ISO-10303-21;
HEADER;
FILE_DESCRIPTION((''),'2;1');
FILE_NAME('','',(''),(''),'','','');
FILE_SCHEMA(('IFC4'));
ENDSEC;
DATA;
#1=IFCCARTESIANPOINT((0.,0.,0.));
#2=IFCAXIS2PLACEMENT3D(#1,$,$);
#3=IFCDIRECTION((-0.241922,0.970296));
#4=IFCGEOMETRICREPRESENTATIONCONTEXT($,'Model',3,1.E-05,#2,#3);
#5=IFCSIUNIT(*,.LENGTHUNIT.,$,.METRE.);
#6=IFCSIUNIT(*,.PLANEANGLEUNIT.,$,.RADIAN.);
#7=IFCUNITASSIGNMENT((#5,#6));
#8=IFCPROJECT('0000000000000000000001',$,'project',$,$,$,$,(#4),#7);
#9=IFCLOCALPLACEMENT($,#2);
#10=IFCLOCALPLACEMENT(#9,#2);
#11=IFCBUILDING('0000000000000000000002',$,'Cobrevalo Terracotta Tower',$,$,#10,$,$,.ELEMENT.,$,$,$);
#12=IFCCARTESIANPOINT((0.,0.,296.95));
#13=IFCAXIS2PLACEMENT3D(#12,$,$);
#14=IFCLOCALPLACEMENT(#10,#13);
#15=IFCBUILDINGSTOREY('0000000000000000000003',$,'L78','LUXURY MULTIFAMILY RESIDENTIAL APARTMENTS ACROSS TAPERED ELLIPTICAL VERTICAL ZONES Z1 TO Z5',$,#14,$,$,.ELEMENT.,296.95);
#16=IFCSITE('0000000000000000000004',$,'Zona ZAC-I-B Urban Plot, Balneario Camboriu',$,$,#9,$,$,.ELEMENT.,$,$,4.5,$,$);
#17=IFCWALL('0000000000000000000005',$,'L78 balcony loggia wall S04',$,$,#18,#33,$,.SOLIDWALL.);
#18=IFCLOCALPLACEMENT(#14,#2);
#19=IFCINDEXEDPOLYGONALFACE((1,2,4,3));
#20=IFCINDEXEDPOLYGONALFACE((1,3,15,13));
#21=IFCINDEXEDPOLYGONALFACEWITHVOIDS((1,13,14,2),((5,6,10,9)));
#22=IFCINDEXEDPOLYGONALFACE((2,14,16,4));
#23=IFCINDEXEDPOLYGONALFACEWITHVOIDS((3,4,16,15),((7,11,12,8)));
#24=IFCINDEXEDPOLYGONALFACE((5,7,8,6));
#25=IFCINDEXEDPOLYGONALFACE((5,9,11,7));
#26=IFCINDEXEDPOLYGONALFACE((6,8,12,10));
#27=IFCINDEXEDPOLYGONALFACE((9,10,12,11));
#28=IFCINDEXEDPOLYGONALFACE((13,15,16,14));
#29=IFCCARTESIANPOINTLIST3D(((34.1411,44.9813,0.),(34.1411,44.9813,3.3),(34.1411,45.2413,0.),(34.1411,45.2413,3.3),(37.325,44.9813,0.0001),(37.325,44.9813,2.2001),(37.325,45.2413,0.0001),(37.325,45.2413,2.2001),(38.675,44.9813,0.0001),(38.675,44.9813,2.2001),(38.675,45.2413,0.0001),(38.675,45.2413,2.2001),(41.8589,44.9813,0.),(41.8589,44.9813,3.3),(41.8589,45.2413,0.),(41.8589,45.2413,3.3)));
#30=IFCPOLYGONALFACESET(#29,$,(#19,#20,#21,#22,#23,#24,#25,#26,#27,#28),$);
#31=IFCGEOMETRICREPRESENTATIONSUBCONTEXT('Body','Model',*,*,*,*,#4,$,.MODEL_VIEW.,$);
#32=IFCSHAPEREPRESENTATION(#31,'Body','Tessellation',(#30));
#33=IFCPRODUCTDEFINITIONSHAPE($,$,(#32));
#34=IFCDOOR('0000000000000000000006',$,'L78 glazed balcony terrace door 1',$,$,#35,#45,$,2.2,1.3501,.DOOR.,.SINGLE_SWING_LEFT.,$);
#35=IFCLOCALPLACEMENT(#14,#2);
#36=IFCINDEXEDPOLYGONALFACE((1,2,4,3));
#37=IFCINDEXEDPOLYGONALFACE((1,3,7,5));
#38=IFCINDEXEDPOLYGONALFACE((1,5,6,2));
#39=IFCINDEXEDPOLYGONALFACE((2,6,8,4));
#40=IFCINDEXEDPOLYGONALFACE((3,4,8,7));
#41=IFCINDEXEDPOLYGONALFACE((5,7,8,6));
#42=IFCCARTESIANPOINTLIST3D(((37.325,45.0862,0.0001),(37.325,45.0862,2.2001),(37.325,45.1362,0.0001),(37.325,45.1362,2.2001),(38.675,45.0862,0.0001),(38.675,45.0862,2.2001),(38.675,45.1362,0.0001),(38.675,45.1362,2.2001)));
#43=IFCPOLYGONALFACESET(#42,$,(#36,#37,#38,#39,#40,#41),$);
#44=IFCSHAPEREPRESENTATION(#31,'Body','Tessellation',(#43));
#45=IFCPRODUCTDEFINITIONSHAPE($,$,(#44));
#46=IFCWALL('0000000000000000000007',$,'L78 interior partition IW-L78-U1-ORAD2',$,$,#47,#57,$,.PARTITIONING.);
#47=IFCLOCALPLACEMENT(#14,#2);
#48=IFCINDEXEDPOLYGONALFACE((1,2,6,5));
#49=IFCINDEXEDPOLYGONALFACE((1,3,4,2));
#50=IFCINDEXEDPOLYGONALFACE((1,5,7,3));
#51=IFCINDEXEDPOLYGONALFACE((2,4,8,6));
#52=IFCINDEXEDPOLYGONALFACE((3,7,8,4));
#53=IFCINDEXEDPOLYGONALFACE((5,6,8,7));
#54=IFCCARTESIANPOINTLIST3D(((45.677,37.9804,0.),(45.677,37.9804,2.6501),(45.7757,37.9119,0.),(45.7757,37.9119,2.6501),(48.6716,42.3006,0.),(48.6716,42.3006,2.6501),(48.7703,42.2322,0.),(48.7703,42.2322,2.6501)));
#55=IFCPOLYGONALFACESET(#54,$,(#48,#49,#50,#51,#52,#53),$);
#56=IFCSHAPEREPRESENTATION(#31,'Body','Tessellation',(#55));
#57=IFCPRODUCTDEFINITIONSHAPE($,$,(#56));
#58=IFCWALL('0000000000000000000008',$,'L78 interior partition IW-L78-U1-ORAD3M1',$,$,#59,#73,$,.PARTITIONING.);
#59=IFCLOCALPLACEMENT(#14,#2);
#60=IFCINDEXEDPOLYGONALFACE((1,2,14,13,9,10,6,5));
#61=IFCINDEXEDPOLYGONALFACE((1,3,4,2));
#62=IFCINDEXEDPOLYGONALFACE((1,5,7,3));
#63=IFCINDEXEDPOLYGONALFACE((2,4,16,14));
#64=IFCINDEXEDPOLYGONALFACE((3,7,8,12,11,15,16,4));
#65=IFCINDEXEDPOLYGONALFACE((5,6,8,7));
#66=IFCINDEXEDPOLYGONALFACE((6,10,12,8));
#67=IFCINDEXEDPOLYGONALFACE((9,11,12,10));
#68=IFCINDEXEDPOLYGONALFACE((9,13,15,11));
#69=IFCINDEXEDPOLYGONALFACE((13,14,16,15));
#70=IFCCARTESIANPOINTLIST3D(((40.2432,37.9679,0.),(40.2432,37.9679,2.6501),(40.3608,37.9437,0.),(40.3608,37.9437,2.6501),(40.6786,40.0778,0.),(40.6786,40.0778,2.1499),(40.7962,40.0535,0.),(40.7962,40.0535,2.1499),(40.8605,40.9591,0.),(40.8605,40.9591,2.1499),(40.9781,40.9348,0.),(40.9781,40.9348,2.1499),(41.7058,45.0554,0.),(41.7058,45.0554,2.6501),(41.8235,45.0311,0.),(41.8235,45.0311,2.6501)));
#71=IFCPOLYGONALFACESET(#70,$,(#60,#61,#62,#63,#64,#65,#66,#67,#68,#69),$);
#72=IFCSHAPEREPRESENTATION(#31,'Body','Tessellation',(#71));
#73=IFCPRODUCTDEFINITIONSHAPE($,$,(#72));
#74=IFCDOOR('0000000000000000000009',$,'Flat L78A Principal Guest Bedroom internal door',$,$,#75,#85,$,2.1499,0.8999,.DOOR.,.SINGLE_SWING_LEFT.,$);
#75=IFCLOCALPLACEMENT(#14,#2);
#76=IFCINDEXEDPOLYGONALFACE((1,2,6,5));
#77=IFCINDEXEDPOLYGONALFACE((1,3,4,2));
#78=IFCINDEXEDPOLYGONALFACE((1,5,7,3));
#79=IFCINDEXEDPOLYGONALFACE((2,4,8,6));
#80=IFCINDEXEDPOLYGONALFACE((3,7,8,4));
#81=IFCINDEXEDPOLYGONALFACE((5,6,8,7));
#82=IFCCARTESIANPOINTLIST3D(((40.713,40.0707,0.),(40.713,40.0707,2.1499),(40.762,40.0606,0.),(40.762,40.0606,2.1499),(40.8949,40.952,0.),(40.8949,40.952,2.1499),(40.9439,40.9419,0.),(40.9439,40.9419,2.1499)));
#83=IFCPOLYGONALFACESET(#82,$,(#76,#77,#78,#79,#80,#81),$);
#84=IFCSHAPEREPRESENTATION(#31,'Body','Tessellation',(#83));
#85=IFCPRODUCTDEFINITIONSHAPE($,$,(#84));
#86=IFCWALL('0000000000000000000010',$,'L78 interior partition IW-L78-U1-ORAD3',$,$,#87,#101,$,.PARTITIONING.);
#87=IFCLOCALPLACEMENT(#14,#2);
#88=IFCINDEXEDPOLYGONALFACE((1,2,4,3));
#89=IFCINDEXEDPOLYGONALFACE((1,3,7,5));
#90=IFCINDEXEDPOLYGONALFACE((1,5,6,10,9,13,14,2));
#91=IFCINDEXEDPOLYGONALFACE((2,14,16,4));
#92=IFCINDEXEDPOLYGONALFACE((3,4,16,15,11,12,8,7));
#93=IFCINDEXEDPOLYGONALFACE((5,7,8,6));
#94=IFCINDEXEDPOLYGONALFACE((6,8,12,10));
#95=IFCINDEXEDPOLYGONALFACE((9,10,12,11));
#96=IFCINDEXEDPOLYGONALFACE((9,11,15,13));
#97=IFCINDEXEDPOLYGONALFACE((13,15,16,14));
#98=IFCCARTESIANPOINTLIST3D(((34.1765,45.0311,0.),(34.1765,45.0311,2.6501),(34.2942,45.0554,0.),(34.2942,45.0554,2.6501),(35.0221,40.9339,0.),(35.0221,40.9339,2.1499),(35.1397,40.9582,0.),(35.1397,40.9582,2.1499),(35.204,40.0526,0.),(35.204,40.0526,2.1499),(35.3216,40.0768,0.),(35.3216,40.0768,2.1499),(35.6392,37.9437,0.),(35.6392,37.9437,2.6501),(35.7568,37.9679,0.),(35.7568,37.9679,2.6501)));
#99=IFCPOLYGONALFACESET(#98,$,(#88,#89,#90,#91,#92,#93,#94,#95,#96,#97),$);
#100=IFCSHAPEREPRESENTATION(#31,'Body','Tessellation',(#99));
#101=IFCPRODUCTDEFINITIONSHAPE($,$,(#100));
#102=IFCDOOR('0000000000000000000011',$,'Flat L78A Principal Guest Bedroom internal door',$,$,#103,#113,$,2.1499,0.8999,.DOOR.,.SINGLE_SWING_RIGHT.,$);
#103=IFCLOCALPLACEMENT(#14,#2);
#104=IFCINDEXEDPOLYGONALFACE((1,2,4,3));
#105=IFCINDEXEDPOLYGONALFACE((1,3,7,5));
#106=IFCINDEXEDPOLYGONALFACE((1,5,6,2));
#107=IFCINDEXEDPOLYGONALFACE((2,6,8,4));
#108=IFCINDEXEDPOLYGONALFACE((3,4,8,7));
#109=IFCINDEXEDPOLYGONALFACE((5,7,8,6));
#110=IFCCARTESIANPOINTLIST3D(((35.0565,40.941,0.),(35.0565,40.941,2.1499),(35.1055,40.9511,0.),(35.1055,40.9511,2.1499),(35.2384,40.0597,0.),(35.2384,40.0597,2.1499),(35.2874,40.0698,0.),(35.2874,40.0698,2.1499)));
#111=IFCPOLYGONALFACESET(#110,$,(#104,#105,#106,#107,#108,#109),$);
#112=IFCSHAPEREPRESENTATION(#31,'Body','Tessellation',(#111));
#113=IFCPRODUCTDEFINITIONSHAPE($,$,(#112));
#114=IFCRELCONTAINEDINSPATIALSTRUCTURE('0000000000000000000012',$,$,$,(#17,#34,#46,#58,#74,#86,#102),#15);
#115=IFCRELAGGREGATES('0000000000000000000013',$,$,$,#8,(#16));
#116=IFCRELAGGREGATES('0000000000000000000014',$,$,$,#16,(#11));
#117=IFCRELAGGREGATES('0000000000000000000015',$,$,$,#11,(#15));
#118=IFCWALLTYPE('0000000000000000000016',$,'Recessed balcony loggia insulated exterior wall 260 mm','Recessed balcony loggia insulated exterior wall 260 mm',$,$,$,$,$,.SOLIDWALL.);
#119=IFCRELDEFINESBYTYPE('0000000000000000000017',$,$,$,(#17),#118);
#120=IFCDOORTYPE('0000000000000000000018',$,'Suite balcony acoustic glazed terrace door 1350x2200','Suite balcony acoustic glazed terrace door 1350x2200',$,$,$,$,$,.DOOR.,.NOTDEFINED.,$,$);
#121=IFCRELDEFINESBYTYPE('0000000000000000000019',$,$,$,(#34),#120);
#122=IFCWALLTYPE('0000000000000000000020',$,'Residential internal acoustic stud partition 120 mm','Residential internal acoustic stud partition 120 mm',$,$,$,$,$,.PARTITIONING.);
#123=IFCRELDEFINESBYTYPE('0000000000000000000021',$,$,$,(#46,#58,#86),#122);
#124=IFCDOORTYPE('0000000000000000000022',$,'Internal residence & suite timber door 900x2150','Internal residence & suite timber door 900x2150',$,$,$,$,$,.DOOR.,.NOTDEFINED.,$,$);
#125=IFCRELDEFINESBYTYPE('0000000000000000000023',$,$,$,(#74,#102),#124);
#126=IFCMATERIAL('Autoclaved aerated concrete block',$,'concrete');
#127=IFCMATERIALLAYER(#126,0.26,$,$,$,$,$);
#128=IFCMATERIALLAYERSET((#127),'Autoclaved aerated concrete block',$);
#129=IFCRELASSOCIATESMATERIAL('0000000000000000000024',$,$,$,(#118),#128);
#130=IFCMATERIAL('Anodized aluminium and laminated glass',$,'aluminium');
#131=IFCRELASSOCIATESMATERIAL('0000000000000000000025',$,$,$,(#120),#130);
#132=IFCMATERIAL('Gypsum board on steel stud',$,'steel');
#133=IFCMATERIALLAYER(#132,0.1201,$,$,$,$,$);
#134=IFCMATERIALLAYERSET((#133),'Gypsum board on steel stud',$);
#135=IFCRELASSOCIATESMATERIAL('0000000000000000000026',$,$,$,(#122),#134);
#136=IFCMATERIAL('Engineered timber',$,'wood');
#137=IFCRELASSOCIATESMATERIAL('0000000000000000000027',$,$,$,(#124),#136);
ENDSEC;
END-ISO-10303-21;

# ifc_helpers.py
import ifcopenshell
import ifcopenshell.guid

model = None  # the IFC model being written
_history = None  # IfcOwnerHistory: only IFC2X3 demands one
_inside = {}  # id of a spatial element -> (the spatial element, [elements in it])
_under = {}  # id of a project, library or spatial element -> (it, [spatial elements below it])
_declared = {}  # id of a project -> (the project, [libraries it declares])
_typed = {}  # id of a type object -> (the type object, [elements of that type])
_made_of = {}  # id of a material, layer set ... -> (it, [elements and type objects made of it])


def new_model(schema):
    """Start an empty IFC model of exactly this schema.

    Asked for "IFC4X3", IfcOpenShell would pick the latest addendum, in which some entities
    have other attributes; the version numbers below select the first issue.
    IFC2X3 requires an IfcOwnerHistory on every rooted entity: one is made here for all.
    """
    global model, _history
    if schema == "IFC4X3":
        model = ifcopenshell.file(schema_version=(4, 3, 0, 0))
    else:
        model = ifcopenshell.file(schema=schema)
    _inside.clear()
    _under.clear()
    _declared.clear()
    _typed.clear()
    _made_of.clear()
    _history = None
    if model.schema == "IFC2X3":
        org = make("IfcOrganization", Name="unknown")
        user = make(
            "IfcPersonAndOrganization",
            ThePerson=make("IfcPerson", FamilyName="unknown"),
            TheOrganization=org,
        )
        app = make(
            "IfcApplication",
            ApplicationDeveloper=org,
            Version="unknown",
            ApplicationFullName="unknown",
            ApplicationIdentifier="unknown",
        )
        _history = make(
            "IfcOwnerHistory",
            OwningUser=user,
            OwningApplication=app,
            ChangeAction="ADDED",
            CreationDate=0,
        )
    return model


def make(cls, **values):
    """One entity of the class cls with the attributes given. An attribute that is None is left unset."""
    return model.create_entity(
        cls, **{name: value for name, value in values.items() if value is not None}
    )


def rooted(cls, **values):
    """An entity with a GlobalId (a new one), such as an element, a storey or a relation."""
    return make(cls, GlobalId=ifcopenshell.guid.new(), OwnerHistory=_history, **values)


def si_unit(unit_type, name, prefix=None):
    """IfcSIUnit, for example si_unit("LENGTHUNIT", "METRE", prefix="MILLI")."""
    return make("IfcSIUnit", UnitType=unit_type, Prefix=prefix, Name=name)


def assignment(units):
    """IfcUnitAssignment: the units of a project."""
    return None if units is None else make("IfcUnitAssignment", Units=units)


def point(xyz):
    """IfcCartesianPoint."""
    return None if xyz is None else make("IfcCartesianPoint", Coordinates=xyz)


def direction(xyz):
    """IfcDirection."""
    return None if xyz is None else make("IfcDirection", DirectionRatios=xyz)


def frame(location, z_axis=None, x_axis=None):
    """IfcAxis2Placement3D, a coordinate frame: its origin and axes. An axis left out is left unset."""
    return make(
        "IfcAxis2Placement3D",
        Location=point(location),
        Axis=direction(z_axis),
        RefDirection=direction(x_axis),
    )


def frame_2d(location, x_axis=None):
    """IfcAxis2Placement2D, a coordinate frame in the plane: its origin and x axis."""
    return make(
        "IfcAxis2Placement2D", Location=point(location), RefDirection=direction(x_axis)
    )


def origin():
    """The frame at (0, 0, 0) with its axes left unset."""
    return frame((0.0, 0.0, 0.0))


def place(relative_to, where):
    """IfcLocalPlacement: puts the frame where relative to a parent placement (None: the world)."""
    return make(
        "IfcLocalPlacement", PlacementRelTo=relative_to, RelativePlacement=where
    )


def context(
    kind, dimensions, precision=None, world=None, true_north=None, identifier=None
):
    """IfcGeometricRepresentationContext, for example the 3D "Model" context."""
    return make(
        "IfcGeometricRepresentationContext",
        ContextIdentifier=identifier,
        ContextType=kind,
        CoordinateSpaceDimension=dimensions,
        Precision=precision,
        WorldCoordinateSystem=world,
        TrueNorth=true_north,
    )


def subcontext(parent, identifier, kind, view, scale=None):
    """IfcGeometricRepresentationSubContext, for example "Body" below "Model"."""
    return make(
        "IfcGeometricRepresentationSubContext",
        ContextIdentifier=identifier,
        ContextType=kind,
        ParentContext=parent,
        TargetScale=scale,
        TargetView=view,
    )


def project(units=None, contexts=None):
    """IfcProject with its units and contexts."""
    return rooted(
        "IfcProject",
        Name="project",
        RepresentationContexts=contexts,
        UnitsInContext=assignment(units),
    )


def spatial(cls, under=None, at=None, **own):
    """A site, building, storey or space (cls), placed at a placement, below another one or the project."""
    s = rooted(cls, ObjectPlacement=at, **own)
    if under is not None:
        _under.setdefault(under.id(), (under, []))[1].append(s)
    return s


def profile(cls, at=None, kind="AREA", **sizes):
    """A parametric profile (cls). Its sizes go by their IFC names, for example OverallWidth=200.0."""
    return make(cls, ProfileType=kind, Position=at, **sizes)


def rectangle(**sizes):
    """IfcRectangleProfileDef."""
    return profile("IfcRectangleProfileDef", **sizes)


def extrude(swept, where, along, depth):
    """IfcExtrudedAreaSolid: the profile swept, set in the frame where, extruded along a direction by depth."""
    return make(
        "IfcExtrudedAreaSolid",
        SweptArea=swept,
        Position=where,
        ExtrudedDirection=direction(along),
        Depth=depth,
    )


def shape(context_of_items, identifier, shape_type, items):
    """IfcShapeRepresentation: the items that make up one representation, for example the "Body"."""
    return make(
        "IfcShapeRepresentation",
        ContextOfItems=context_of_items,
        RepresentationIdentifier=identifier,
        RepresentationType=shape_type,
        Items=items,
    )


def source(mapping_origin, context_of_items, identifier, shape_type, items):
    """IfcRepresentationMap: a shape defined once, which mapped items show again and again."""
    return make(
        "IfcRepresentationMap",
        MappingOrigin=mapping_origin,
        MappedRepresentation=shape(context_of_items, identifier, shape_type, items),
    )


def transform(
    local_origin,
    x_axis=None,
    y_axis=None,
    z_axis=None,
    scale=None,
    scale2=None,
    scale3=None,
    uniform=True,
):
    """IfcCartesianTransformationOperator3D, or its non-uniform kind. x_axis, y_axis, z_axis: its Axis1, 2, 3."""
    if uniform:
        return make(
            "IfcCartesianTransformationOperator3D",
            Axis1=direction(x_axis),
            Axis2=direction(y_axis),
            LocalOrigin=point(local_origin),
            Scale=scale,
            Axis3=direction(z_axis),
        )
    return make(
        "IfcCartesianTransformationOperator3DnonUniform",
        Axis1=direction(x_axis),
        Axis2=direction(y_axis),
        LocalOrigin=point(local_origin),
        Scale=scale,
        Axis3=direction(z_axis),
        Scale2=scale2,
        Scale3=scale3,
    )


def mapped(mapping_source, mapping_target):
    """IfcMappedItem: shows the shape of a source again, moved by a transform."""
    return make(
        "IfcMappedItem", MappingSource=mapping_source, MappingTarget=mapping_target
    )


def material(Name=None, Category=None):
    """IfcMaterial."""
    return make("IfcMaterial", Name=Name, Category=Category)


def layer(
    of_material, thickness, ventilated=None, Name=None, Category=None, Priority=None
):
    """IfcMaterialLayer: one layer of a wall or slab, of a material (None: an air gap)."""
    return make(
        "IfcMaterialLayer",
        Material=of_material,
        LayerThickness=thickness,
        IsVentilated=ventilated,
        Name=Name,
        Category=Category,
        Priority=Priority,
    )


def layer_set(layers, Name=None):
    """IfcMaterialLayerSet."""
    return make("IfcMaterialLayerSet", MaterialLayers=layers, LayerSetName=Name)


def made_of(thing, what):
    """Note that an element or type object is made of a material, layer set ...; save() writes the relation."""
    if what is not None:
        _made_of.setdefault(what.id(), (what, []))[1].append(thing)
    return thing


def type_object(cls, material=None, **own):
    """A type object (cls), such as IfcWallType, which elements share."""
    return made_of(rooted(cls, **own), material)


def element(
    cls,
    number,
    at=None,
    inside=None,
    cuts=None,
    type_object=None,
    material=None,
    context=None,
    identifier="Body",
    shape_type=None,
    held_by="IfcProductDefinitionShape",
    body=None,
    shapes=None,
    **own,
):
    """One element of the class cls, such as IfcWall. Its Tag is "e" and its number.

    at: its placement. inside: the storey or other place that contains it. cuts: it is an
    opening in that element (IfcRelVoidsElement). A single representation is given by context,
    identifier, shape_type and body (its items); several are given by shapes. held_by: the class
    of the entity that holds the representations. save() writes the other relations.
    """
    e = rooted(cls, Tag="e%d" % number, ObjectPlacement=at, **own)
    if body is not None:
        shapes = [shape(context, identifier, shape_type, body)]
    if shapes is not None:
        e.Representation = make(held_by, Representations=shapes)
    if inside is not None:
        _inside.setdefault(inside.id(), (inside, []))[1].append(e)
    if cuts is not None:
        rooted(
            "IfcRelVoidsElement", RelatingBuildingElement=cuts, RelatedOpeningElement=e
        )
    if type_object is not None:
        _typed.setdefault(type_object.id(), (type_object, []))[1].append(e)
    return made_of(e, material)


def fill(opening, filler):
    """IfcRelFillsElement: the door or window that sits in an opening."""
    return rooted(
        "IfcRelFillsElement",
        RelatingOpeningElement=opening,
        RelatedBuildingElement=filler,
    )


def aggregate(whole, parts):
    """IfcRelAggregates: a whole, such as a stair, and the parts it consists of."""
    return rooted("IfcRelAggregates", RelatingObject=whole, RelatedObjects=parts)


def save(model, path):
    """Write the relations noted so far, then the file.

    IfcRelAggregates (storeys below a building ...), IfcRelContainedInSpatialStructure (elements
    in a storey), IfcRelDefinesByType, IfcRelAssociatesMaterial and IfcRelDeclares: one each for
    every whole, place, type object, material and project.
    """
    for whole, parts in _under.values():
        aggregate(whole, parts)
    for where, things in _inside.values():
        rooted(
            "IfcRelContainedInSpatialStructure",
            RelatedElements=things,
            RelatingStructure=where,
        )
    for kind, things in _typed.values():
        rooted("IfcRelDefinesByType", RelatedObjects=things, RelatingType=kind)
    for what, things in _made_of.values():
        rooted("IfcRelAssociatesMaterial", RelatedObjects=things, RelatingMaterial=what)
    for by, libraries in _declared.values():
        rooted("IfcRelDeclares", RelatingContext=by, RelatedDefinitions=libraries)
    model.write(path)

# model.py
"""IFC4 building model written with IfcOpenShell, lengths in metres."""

from ifc_helpers import new_model, si_unit, direction, frame, frame_2d, origin, place, context, subcontext, project, spatial, rectangle, extrude, source, transform, mapped, material, layer, layer_set, type_object, element, fill, save


model = new_model("IFC4")

# Units and contexts
model_context = context("Model", 3, precision=1e-05, world=origin(), true_north=direction((-0.241922, 0.970296)))
body_context = subcontext(model_context, "Body", "Model", "MODEL_VIEW")
ifc_project = project(units=[si_unit("LENGTHUNIT", "METRE"), si_unit("PLANEANGLEUNIT", "RADIAN")], contexts=[model_context])

# Site, building, storey
site_placement = place(None, origin())
site = spatial("IfcSite", under=ifc_project, at=site_placement, Name="Zona ZAC-I-B Urban Plot, Balneario Camboriu", CompositionType="ELEMENT", RefElevation=4.5)
building_placement = place(site_placement, origin())
building = spatial("IfcBuilding", under=site, at=building_placement, Name="Cobrevalo Terracotta Tower", CompositionType="ELEMENT")
storey_placement = place(building_placement, frame((0.0, 0.0, 296.95)))
storey = spatial("IfcBuildingStorey", under=building, at=storey_placement, Name="L78", Description="LUXURY MULTIFAMILY RESIDENTIAL APARTMENTS ACROSS TAPERED ELLIPTICAL VERTICAL ZONES Z1 TO Z5", CompositionType="ELEMENT", Elevation=296.95)

# Wall, opening, door
ifc_material_1 = material(Name="Autoclaved aerated concrete block", Category="concrete")
ifc_layer_1 = layer(ifc_material_1, 0.26)
ifc_layer_set_1 = layer_set([ifc_layer_1], Name="Autoclaved aerated concrete block")
wall_type_1 = type_object("IfcWallType", Name="Recessed balcony loggia insulated exterior wall 260 mm", Description="Recessed balcony loggia insulated exterior wall 260 mm", PredefinedType="SOLIDWALL", material=ifc_layer_set_1)
wall_1_placement = place(storey_placement, frame((41.8589, 45.1113, 0.0), z_axis=(0.0, 0.0, 1.0), x_axis=(-1.0, 0.0, 0.0)))
wall_1 = element("IfcWall", 1, at=wall_1_placement, inside=storey, type_object=wall_type_1, Name="L78 balcony loggia wall S04", PredefinedType="SOLIDWALL", context=body_context, shape_type="SweptSolid", body=[
    extrude(rectangle(XDim=7.7178, YDim=0.26, at=frame_2d((3.8589, 0.0))), origin(), (0.0, 0.0, 1.0), 3.3),
])
opening_1_placement = place(wall_1_placement, frame((3.1838, 0.0, 0.0)))
opening_1 = element("IfcOpeningElement", 2, at=opening_1_placement, cuts=wall_1, PredefinedType="OPENING", context=body_context, shape_type="SweptSolid", body=[
    extrude(rectangle(XDim=1.3501, YDim=2.2, at=frame_2d((0.675, 1.1001))), frame((0.0, 0.1401, 0.0), z_axis=(0.0, -1.0, 0.0), x_axis=(1.0, 0.0, 0.0)), (0.0, 0.0, 1.0), 0.28),
])
ifc_material_2 = material(Name="Anodized aluminium and laminated glass", Category="aluminium")
door_type_1 = type_object("IfcDoorType", Name="Suite balcony acoustic glazed terrace door 1350x2200", Description="Suite balcony acoustic glazed terrace door 1350x2200", OperationType="NOTDEFINED", PredefinedType="DOOR", material=ifc_material_2)
shared_shape_1 = source(origin(), body_context, "Body", "SweptSolid", [
    extrude(rectangle(XDim=1.3501, YDim=2.2, at=frame_2d((0.675, 1.1001))), frame((0.0, 0.0249, 0.0), z_axis=(0.0, -1.0, 0.0), x_axis=(1.0, 0.0, 0.0)), (0.0, 0.0, 1.0), 0.05),
])
door_1_placement = place(opening_1_placement, frame((1.3501, 0.0, 0.0), z_axis=(0.0, 0.0, 1.0), x_axis=(-1.0, 0.0, 0.0)))
door_1 = element("IfcDoor", 3, at=door_1_placement, inside=storey, type_object=door_type_1, Name="L78 glazed balcony terrace door 1", OperationType="SINGLE_SWING_LEFT", OverallHeight=2.2, OverallWidth=1.3501, PredefinedType="DOOR", context=body_context, shape_type="MappedRepresentation", body=[
    mapped(shared_shape_1, transform((0.0, 0.0, 0.0), scale=1.0)),
])
fill(opening_1, door_1)

# Wall
ifc_material_3 = material(Name="Gypsum board on steel stud", Category="steel")
ifc_layer_2 = layer(ifc_material_3, 0.1201)
ifc_layer_set_2 = layer_set([ifc_layer_2], Name="Gypsum board on steel stud")
wall_type_2 = type_object("IfcWallType", Name="Residential internal acoustic stud partition 120 mm", Description="Residential internal acoustic stud partition 120 mm", PredefinedType="PARTITIONING", material=ifc_layer_set_2)
wall_2_placement = place(storey_placement, frame((45.7263, 37.946, 0.0), z_axis=(0.0, 0.0, 1.0), x_axis=(0.569678, 0.821868, 0.0)))
element("IfcWall", 4, at=wall_2_placement, inside=storey, type_object=wall_type_2, Name="L78 interior partition IW-L78-U1-ORAD2", PredefinedType="PARTITIONING", context=body_context, shape_type="SweptSolid", body=[
    extrude(rectangle(XDim=5.2566, YDim=0.1201, at=frame_2d((2.6284, 0.0))), origin(), (0.0, 0.0, 1.0), 2.6501),
])

# Walls, openings, doors
wall_3_placement = place(storey_placement, frame((40.302, 37.9558, 0.0), z_axis=(0.0, 0.0, 1.0), x_axis=(0.202114, 0.979362, 0.0)))
wall_3 = element("IfcWall", 5, at=wall_3_placement, inside=storey, type_object=wall_type_2, Name="L78 interior partition IW-L78-U1-ORAD3M1", PredefinedType="PARTITIONING", context=body_context, shape_type="SweptSolid", body=[
    extrude(rectangle(XDim=7.2368, YDim=0.1201, at=frame_2d((3.6184, 0.0))), origin(), (0.0, 0.0, 1.0), 2.6501),
])
opening_2_placement = place(wall_3_placement, frame((2.1543, 0.0, 0.0)))
opening_2 = element("IfcOpeningElement", 6, at=opening_2_placement, cuts=wall_3, PredefinedType="OPENING", context=body_context, shape_type="SweptSolid", body=[
    extrude(rectangle(XDim=0.8999, YDim=2.1499, at=frame_2d((0.45, 1.075))), frame((0.0, 0.0701, 0.0), z_axis=(0.0, -1.0, 0.0), x_axis=(1.0, 0.0, 0.0)), (0.0, 0.0, 1.0), 0.1401),
])
ifc_material_4 = material(Name="Engineered timber", Category="wood")
door_type_2 = type_object("IfcDoorType", Name="Internal residence & suite timber door 900x2150", Description="Internal residence & suite timber door 900x2150", OperationType="NOTDEFINED", PredefinedType="DOOR", material=ifc_material_4)
shared_shape_2 = source(origin(), body_context, "Body", "SweptSolid", [
    extrude(rectangle(XDim=0.8999, YDim=2.1499, at=frame_2d((0.45, 1.075))), frame((0.0, 0.0249, 0.0), z_axis=(0.0, -1.0, 0.0), x_axis=(1.0, 0.0, 0.0)), (0.0, 0.0, 1.0), 0.05),
])
door_2_placement = place(opening_2_placement, origin())
door_2 = element("IfcDoor", 7, at=door_2_placement, inside=storey, type_object=door_type_2, Name="Flat L78A Principal Guest Bedroom internal door", OperationType="SINGLE_SWING_LEFT", OverallHeight=2.1499, OverallWidth=0.8999, PredefinedType="DOOR", context=body_context, shape_type="MappedRepresentation", body=[
    mapped(shared_shape_2, transform((0.0, 0.0, 0.0), scale=1.0)),
])
fill(opening_2, door_2)
wall_4_placement = place(storey_placement, frame((35.698, 37.9558, 0.0), z_axis=(0.0, 0.0, 1.0), x_axis=(-0.202114, 0.979362, 0.0)))
wall_4 = element("IfcWall", 8, at=wall_4_placement, inside=storey, type_object=wall_type_2, Name="L78 interior partition IW-L78-U1-ORAD3", PredefinedType="PARTITIONING", context=body_context, shape_type="SweptSolid", body=[
    extrude(rectangle(XDim=7.2368, YDim=0.1201, at=frame_2d((3.6184, 0.0))), origin(), (0.0, 0.0, 1.0), 2.6501),
])
opening_3_placement = place(wall_4_placement, frame((2.1533, 0.0, 0.0)))
opening_3 = element("IfcOpeningElement", 9, at=opening_3_placement, cuts=wall_4, PredefinedType="OPENING", context=body_context, shape_type="SweptSolid", body=[
    extrude(rectangle(XDim=0.8999, YDim=2.1499, at=frame_2d((0.45, 1.075))), frame((0.0, 0.0701, 0.0), z_axis=(0.0, -1.0, 0.0), x_axis=(1.0, 0.0, 0.0)), (0.0, 0.0, 1.0), 0.1401),
])
door_3_placement = place(opening_3_placement, origin())
door_3 = element("IfcDoor", 10, at=door_3_placement, inside=storey, type_object=door_type_2, Name="Flat L78A Principal Guest Bedroom internal door", OperationType="SINGLE_SWING_RIGHT", OverallHeight=2.1499, OverallWidth=0.8999, PredefinedType="DOOR", context=body_context, shape_type="MappedRepresentation", body=[
    mapped(shared_shape_2, transform((0.0, 0.0, 0.0), scale=1.0)),
])
fill(opening_3, door_3)

save(model, "model.ifc")
